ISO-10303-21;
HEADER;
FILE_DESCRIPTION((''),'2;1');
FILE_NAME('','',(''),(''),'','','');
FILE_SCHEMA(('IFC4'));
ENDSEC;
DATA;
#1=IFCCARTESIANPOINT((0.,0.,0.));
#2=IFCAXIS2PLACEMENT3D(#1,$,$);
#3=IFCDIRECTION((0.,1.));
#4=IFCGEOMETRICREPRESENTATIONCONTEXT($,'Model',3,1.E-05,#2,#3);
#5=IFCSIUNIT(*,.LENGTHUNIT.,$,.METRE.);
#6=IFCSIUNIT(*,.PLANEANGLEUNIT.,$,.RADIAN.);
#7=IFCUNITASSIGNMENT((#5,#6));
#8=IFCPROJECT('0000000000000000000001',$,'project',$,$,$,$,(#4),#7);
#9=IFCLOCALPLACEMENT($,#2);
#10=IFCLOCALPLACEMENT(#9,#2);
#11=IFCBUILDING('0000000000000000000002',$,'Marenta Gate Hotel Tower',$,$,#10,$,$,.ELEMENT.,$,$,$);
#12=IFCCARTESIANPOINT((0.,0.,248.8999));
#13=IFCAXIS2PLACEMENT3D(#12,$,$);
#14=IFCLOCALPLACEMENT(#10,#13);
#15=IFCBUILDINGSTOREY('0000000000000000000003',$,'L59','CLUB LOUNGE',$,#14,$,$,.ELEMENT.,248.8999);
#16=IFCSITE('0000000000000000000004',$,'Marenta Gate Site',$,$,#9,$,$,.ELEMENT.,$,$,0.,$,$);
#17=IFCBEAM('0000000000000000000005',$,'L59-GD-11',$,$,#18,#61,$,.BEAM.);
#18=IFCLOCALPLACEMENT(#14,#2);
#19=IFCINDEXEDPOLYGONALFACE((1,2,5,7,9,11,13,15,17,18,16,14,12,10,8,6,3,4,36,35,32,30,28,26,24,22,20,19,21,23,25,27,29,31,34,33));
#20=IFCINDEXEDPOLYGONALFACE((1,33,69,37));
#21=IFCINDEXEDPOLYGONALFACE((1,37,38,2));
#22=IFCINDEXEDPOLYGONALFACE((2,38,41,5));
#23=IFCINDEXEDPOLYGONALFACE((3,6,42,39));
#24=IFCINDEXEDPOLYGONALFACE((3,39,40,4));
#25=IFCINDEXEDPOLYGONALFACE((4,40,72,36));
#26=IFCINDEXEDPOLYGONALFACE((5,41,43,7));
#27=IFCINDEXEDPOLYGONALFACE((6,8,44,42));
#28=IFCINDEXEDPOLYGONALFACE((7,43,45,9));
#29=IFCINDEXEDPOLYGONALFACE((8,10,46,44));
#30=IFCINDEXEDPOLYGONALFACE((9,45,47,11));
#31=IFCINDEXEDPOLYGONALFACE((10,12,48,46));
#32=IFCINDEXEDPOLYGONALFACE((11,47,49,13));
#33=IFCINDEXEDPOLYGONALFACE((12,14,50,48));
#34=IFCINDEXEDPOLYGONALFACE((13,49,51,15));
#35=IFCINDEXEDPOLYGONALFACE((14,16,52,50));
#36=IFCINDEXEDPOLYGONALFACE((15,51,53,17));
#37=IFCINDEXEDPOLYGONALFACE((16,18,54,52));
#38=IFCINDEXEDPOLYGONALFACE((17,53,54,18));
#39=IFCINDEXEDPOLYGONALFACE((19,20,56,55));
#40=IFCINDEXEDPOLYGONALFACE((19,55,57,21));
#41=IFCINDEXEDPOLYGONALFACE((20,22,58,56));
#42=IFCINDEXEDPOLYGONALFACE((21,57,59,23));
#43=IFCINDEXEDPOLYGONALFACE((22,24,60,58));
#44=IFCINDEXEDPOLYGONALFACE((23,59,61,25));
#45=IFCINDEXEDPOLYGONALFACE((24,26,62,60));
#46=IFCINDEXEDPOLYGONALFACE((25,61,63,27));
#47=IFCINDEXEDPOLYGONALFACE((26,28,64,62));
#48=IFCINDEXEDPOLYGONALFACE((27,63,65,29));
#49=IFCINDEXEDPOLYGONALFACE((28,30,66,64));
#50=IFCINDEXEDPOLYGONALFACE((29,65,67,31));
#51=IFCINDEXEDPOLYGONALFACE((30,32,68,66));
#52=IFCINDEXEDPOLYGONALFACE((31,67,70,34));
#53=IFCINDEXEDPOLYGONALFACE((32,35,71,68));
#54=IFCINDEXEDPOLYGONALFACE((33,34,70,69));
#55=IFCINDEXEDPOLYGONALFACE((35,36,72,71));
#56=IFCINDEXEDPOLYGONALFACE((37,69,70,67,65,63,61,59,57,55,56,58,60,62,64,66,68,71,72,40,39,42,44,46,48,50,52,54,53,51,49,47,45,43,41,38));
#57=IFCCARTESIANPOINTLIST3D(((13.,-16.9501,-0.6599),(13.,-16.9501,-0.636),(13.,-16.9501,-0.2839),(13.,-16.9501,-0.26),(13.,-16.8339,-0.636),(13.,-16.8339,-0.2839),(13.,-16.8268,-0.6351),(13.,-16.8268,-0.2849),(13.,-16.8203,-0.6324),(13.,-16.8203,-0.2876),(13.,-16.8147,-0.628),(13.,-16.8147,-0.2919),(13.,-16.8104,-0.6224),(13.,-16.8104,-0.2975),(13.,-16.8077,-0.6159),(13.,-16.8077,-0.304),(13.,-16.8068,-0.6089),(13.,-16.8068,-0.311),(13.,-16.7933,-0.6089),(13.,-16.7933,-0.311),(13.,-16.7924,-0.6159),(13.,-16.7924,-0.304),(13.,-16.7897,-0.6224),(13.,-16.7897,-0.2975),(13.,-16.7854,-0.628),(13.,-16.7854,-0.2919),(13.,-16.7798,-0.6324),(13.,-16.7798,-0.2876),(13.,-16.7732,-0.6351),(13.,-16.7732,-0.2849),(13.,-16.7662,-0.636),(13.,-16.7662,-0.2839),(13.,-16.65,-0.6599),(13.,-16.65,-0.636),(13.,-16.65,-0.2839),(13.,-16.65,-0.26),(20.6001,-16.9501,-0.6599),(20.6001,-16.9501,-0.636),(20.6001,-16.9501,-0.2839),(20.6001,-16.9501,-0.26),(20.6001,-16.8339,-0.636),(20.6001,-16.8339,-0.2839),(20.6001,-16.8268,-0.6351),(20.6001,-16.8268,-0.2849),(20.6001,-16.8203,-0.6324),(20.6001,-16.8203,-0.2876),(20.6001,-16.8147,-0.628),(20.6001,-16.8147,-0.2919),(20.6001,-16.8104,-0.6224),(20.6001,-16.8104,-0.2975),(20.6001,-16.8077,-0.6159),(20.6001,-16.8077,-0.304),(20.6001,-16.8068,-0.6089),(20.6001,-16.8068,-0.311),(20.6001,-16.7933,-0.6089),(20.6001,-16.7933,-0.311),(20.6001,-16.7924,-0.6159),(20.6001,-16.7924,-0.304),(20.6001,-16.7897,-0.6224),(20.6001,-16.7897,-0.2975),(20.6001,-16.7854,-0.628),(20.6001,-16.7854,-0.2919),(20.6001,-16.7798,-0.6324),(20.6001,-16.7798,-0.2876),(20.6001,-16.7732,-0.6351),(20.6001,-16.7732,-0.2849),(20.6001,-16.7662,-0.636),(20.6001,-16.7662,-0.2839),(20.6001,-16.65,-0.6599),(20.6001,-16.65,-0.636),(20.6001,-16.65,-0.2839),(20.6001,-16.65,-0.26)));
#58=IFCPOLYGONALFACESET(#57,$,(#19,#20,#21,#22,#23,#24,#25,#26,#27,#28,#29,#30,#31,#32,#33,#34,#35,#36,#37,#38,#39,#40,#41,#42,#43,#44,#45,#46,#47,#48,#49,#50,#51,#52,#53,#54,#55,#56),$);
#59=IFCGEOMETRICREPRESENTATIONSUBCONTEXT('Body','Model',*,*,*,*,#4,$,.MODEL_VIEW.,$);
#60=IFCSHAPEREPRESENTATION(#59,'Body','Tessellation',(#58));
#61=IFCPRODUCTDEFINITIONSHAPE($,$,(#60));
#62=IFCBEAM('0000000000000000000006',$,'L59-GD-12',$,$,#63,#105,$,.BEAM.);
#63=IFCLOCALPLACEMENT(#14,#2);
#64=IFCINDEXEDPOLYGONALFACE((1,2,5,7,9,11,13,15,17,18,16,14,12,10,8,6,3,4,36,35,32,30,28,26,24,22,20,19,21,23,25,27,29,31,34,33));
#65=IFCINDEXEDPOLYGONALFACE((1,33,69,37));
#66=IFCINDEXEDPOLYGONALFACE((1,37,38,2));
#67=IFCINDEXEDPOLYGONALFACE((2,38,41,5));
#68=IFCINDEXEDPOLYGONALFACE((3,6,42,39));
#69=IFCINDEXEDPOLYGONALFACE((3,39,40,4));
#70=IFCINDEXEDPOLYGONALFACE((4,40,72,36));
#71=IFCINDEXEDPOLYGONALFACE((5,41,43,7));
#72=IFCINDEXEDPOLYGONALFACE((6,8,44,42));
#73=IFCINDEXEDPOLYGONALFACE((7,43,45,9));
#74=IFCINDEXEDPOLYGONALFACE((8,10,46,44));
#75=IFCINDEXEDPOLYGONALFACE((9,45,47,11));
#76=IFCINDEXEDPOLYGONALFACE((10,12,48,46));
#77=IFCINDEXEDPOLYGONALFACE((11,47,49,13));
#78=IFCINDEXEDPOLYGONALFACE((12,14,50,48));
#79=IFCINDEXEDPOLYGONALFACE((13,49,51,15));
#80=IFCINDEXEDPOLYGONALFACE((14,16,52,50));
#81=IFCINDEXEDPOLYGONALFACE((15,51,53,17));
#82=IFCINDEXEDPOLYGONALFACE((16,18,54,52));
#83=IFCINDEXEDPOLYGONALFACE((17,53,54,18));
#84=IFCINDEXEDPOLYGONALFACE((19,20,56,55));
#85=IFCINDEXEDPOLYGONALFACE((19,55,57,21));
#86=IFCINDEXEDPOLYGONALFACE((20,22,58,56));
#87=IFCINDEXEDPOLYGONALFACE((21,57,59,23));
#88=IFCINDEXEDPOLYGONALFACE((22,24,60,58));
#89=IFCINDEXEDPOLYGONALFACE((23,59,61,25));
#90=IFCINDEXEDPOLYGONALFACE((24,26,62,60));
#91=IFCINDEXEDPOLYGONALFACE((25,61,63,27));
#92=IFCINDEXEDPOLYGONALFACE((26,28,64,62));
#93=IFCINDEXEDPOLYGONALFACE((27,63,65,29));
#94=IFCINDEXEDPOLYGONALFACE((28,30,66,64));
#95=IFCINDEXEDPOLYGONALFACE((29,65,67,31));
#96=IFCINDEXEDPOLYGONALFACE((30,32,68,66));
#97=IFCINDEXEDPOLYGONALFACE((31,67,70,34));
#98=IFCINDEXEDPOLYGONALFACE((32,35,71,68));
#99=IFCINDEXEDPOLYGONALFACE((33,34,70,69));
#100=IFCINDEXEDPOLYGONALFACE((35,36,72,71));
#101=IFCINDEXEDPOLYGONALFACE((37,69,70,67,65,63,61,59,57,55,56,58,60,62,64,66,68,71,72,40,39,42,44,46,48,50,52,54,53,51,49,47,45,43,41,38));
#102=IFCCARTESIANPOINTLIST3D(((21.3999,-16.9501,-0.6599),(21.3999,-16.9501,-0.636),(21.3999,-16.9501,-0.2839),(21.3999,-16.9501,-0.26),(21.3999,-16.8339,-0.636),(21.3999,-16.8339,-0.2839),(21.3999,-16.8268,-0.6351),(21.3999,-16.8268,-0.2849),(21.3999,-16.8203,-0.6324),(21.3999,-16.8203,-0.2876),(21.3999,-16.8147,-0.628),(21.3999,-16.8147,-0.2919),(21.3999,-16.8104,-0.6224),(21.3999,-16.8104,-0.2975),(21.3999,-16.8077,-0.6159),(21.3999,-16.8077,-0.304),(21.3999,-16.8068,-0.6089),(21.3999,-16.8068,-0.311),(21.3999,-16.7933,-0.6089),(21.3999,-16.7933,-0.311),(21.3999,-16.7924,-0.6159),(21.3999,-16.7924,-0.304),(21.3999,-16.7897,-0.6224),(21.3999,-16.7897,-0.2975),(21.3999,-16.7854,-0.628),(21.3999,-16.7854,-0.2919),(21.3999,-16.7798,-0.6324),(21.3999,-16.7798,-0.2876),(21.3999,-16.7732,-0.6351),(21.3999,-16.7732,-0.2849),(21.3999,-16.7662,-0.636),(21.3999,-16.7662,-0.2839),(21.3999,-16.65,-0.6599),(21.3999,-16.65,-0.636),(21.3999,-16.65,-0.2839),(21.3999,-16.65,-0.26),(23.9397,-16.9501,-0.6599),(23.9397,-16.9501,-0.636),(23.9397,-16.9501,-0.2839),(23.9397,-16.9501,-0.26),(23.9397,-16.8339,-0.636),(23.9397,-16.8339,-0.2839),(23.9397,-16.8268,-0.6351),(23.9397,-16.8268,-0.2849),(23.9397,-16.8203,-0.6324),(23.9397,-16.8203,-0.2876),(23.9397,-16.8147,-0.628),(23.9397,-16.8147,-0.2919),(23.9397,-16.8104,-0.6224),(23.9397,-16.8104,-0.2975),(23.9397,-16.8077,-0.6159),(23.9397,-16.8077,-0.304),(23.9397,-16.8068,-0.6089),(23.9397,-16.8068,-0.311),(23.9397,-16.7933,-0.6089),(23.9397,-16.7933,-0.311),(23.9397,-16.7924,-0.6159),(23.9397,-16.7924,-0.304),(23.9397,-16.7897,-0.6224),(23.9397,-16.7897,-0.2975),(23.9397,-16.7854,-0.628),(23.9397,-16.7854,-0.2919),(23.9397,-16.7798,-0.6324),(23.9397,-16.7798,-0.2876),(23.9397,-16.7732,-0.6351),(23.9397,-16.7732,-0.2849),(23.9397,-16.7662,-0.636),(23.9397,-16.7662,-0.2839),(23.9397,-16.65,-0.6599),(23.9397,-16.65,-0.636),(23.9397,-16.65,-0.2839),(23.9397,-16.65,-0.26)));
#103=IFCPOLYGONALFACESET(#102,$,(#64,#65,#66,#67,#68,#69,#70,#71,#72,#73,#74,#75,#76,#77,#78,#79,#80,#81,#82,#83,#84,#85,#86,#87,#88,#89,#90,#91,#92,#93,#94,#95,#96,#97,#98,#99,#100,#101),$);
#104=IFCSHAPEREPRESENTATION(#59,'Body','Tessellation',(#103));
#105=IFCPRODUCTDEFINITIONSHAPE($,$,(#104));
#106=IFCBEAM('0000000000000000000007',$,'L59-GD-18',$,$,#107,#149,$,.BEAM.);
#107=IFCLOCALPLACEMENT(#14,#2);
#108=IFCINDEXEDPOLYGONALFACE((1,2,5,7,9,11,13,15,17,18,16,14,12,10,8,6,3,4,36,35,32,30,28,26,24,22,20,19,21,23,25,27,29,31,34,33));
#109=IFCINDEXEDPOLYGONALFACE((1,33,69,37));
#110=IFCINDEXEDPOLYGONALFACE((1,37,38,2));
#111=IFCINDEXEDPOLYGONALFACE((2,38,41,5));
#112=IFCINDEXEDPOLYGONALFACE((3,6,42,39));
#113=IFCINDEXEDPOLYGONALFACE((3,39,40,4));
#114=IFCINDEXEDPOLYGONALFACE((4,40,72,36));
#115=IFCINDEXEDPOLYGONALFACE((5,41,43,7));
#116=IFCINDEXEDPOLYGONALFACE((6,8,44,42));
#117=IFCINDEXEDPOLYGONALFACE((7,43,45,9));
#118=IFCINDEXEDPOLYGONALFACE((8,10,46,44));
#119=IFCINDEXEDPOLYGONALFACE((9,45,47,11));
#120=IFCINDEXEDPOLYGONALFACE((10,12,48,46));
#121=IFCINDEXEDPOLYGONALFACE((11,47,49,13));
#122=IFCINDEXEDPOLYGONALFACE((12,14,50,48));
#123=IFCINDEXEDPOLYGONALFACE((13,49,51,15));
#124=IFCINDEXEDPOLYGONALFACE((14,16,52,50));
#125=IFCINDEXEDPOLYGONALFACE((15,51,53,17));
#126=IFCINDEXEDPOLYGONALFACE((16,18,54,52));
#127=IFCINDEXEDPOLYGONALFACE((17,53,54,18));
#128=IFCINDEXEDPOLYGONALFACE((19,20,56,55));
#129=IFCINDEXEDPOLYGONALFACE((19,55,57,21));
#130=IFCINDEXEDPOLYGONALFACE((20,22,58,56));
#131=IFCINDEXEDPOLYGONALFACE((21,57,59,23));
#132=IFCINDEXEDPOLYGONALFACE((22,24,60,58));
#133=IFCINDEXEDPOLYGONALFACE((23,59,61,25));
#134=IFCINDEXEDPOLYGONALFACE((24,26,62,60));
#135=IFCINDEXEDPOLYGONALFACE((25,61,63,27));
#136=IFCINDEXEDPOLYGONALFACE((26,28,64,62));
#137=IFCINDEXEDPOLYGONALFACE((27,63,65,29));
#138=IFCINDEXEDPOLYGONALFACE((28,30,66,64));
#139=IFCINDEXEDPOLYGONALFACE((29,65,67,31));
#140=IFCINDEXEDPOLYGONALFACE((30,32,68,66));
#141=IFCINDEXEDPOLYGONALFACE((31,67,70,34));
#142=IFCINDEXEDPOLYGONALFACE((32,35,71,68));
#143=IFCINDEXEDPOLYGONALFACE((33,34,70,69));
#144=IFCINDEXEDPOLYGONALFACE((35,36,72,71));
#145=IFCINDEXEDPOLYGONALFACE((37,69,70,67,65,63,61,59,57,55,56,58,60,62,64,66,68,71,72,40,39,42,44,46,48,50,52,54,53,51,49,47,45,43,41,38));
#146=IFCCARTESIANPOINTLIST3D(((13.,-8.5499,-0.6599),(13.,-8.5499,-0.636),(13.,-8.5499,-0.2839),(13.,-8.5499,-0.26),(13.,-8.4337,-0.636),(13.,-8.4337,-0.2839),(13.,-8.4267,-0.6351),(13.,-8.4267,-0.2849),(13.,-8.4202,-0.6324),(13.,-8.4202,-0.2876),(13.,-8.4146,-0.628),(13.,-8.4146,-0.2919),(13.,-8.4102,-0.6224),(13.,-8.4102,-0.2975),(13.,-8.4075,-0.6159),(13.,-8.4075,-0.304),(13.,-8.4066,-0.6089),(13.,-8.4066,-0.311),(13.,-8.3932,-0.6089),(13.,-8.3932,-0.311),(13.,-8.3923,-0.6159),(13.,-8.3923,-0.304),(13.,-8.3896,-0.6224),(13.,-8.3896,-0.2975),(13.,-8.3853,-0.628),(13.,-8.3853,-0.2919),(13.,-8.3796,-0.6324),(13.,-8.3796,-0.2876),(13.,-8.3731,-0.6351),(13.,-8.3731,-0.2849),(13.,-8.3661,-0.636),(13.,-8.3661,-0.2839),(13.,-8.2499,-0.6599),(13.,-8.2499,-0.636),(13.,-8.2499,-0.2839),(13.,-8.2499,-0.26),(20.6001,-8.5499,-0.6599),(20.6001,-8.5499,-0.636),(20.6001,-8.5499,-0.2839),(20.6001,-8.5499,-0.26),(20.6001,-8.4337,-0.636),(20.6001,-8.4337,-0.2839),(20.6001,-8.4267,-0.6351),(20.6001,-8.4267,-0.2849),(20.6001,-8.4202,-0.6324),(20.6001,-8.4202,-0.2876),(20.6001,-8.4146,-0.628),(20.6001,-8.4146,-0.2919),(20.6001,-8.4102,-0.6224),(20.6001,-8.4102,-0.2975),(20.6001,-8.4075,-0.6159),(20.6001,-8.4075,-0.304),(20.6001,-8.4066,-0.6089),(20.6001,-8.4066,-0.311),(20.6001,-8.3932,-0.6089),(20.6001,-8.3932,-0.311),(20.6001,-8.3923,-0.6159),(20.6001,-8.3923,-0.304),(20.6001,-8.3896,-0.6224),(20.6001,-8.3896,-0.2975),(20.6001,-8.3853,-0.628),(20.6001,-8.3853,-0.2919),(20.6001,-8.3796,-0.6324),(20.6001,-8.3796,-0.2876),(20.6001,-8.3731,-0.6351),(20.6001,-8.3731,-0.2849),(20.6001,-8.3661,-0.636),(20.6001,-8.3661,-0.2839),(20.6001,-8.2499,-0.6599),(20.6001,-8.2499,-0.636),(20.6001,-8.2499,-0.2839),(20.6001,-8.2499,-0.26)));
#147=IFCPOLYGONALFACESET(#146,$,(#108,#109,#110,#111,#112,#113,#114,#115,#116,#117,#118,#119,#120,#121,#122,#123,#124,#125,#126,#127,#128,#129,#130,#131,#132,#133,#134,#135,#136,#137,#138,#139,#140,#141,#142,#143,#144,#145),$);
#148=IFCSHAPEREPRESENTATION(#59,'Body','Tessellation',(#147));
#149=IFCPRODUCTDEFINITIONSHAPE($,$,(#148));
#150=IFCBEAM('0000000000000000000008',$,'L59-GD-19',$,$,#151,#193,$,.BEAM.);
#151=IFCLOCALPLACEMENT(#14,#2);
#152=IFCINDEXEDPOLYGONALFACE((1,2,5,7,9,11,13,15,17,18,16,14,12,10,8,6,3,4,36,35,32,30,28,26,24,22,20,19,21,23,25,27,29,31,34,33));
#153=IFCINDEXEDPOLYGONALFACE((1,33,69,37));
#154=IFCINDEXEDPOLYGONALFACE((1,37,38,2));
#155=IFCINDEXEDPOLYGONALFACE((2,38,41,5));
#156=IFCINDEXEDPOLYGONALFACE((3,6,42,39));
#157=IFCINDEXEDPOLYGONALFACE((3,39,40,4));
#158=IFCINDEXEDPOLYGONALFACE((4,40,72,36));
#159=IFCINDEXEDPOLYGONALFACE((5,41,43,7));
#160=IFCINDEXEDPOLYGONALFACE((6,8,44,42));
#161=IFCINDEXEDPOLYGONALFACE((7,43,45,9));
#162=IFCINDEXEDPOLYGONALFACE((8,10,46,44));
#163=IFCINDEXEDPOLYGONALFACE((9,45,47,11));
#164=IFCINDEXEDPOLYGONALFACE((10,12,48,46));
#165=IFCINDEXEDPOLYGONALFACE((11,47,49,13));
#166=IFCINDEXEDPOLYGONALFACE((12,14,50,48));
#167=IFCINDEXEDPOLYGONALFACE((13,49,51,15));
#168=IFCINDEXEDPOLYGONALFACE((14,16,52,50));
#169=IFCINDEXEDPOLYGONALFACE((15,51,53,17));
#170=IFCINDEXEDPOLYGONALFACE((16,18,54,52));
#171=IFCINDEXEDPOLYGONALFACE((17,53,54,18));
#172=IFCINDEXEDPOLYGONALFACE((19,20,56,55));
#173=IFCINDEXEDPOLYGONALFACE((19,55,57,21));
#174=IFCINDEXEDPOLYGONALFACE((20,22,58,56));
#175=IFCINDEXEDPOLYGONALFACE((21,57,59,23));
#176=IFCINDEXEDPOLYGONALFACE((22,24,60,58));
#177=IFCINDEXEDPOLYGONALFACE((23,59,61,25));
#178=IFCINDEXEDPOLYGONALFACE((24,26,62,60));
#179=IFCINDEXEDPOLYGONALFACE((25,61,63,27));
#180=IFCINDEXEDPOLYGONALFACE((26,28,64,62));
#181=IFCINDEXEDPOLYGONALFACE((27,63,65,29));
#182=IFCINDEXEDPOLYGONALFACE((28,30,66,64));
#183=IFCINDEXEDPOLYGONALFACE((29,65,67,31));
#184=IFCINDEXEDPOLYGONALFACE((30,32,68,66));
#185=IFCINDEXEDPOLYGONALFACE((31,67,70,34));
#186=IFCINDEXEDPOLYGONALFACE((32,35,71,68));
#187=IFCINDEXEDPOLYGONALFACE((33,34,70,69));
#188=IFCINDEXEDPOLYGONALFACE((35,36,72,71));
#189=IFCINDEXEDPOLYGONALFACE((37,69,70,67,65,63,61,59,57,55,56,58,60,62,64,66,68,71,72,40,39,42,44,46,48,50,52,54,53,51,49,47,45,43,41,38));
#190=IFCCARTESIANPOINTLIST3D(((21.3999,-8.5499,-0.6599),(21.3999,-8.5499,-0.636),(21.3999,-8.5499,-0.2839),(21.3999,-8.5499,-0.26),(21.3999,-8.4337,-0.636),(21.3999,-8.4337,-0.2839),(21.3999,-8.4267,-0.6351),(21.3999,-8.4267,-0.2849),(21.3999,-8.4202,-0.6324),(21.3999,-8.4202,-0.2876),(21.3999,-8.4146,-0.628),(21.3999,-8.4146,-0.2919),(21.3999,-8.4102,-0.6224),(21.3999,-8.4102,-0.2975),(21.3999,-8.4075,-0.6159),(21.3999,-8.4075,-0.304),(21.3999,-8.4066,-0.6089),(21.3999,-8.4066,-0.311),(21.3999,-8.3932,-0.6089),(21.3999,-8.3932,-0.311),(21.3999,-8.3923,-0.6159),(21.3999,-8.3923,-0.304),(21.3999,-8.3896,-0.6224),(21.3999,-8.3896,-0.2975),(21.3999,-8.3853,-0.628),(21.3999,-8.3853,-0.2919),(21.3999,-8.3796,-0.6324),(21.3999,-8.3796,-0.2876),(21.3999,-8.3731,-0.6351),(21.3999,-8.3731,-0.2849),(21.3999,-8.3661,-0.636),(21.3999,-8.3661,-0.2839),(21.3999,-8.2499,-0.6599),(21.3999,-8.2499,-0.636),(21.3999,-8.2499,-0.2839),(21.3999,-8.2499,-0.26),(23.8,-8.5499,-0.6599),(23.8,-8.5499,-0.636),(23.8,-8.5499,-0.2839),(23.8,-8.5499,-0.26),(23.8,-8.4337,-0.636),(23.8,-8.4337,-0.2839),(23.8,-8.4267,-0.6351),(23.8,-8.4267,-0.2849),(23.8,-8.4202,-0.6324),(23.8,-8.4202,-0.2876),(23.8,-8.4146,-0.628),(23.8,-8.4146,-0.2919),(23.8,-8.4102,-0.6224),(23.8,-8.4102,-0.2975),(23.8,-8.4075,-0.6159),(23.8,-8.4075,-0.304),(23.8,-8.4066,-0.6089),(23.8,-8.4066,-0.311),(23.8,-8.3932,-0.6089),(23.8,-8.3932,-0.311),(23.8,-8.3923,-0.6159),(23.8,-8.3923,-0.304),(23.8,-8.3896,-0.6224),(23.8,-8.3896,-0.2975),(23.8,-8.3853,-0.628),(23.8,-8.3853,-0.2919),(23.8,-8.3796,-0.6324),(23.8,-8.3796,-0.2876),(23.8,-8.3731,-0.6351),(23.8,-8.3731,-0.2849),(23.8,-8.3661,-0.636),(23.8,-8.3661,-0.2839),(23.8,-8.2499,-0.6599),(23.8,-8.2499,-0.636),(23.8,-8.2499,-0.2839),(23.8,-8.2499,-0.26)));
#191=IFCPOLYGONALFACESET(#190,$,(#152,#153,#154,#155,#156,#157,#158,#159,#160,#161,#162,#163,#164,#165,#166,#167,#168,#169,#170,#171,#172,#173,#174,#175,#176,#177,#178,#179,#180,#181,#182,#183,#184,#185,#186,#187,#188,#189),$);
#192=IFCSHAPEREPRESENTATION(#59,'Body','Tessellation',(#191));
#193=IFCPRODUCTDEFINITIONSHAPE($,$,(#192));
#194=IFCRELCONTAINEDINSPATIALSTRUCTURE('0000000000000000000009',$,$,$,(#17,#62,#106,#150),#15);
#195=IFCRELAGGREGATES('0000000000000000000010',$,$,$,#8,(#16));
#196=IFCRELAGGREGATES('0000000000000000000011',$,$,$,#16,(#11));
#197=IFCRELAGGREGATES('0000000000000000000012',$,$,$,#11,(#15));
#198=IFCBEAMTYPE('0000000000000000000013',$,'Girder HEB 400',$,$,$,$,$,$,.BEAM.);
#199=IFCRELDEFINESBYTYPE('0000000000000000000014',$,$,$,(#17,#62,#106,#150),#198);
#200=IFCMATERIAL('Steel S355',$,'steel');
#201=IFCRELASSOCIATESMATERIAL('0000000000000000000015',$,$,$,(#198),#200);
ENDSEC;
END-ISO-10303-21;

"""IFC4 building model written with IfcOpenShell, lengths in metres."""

from ifc_helpers import new_model, si_unit, direction, frame, origin, origin_2d, place, context, subcontext, project, spatial, i_section, extrude, material, material_profile, profile_set, type_object, element, save


model = new_model("IFC4")

# Units and contexts
model_context = context("Model", 3, precision=1e-05, world=origin(), true_north=direction((0.0, 1.0)))
body_context = subcontext(model_context, "Body", "Model", "MODEL_VIEW")
ifc_project = project(units=[si_unit("LENGTHUNIT", "METRE"), si_unit("PLANEANGLEUNIT", "RADIAN")], contexts=[model_context])

# Site, building, storey
site_placement = place(None, origin())
site = spatial("IfcSite", under=ifc_project, at=site_placement, Name="Marenta Gate Site", CompositionType="ELEMENT", RefElevation=0.0)
building_placement = place(site_placement, origin())
building = spatial("IfcBuilding", under=site, at=building_placement, Name="Marenta Gate Hotel Tower", CompositionType="ELEMENT")
storey_placement = place(building_placement, frame((0.0, 0.0, 248.8999)))
storey = spatial("IfcBuildingStorey", under=building, at=storey_placement, Name="L59", Description="CLUB LOUNGE", CompositionType="ELEMENT", Elevation=248.8999)

# Beams
ifc_material_1 = material(Name="Steel S355", Category="steel")
ifc_material_profile_1 = material_profile(ifc_material_1, i_section(OverallWidth=0.3, OverallDepth=0.3999, WebThickness=0.0134, FlangeThickness=0.0239, FilletRadius=0.0271, at=origin_2d()), Name="HEB 400")
ifc_profile_set_1 = profile_set([ifc_material_profile_1], Name="Steel S355")
beam_type_1 = type_object("IfcBeamType", Name="Girder HEB 400", PredefinedType="BEAM", material=ifc_profile_set_1)
beam_1_placement = place(storey_placement, frame((13.0, -16.8, -0.46), z_axis=(1.0, 0.0, 0.0), x_axis=(0.0, 1.0, 0.0)))
element("IfcBeam", 1, at=beam_1_placement, inside=storey, type_object=beam_type_1, Name="L59-GD-11", PredefinedType="BEAM", context=body_context, shape_type="SweptSolid", body=[
    extrude(i_section(OverallWidth=0.3, OverallDepth=0.3999, WebThickness=0.0134, FlangeThickness=0.0239, FilletRadius=0.0271, at=origin_2d()), origin(), (0.0, 0.0, 1.0), 7.6001),
])
beam_2_placement = place(storey_placement, frame((21.3999, -16.8, -0.46), z_axis=(1.0, 0.0, 0.0), x_axis=(0.0, 1.0, 0.0)))
element("IfcBeam", 2, at=beam_2_placement, inside=storey, type_object=beam_type_1, Name="L59-GD-12", PredefinedType="BEAM", context=body_context, shape_type="SweptSolid", body=[
    extrude(i_section(OverallWidth=0.3, OverallDepth=0.3999, WebThickness=0.0134, FlangeThickness=0.0239, FilletRadius=0.0271, at=origin_2d()), origin(), (0.0, 0.0, 1.0), 2.5398),
])
beam_3_placement = place(storey_placement, frame((13.0, -8.3999, -0.46), z_axis=(1.0, 0.0, 0.0), x_axis=(0.0, 1.0, 0.0)))
element("IfcBeam", 3, at=beam_3_placement, inside=storey, type_object=beam_type_1, Name="L59-GD-18", PredefinedType="BEAM", context=body_context, shape_type="SweptSolid", body=[
    extrude(i_section(OverallWidth=0.3, OverallDepth=0.3999, WebThickness=0.0134, FlangeThickness=0.0239, FilletRadius=0.0271, at=origin_2d()), origin(), (0.0, 0.0, 1.0), 7.6001),
])
beam_4_placement = place(storey_placement, frame((21.3999, -8.3999, -0.46), z_axis=(1.0, 0.0, 0.0), x_axis=(0.0, 1.0, 0.0)))
element("IfcBeam", 4, at=beam_4_placement, inside=storey, type_object=beam_type_1, Name="L59-GD-19", PredefinedType="BEAM", context=body_context, shape_type="SweptSolid", body=[
    extrude(i_section(OverallWidth=0.3, OverallDepth=0.3999, WebThickness=0.0134, FlangeThickness=0.0239, FilletRadius=0.0271, at=origin_2d()), origin(), (0.0, 0.0, 1.0), 2.4001),
])

save(model, "model.ifc")
